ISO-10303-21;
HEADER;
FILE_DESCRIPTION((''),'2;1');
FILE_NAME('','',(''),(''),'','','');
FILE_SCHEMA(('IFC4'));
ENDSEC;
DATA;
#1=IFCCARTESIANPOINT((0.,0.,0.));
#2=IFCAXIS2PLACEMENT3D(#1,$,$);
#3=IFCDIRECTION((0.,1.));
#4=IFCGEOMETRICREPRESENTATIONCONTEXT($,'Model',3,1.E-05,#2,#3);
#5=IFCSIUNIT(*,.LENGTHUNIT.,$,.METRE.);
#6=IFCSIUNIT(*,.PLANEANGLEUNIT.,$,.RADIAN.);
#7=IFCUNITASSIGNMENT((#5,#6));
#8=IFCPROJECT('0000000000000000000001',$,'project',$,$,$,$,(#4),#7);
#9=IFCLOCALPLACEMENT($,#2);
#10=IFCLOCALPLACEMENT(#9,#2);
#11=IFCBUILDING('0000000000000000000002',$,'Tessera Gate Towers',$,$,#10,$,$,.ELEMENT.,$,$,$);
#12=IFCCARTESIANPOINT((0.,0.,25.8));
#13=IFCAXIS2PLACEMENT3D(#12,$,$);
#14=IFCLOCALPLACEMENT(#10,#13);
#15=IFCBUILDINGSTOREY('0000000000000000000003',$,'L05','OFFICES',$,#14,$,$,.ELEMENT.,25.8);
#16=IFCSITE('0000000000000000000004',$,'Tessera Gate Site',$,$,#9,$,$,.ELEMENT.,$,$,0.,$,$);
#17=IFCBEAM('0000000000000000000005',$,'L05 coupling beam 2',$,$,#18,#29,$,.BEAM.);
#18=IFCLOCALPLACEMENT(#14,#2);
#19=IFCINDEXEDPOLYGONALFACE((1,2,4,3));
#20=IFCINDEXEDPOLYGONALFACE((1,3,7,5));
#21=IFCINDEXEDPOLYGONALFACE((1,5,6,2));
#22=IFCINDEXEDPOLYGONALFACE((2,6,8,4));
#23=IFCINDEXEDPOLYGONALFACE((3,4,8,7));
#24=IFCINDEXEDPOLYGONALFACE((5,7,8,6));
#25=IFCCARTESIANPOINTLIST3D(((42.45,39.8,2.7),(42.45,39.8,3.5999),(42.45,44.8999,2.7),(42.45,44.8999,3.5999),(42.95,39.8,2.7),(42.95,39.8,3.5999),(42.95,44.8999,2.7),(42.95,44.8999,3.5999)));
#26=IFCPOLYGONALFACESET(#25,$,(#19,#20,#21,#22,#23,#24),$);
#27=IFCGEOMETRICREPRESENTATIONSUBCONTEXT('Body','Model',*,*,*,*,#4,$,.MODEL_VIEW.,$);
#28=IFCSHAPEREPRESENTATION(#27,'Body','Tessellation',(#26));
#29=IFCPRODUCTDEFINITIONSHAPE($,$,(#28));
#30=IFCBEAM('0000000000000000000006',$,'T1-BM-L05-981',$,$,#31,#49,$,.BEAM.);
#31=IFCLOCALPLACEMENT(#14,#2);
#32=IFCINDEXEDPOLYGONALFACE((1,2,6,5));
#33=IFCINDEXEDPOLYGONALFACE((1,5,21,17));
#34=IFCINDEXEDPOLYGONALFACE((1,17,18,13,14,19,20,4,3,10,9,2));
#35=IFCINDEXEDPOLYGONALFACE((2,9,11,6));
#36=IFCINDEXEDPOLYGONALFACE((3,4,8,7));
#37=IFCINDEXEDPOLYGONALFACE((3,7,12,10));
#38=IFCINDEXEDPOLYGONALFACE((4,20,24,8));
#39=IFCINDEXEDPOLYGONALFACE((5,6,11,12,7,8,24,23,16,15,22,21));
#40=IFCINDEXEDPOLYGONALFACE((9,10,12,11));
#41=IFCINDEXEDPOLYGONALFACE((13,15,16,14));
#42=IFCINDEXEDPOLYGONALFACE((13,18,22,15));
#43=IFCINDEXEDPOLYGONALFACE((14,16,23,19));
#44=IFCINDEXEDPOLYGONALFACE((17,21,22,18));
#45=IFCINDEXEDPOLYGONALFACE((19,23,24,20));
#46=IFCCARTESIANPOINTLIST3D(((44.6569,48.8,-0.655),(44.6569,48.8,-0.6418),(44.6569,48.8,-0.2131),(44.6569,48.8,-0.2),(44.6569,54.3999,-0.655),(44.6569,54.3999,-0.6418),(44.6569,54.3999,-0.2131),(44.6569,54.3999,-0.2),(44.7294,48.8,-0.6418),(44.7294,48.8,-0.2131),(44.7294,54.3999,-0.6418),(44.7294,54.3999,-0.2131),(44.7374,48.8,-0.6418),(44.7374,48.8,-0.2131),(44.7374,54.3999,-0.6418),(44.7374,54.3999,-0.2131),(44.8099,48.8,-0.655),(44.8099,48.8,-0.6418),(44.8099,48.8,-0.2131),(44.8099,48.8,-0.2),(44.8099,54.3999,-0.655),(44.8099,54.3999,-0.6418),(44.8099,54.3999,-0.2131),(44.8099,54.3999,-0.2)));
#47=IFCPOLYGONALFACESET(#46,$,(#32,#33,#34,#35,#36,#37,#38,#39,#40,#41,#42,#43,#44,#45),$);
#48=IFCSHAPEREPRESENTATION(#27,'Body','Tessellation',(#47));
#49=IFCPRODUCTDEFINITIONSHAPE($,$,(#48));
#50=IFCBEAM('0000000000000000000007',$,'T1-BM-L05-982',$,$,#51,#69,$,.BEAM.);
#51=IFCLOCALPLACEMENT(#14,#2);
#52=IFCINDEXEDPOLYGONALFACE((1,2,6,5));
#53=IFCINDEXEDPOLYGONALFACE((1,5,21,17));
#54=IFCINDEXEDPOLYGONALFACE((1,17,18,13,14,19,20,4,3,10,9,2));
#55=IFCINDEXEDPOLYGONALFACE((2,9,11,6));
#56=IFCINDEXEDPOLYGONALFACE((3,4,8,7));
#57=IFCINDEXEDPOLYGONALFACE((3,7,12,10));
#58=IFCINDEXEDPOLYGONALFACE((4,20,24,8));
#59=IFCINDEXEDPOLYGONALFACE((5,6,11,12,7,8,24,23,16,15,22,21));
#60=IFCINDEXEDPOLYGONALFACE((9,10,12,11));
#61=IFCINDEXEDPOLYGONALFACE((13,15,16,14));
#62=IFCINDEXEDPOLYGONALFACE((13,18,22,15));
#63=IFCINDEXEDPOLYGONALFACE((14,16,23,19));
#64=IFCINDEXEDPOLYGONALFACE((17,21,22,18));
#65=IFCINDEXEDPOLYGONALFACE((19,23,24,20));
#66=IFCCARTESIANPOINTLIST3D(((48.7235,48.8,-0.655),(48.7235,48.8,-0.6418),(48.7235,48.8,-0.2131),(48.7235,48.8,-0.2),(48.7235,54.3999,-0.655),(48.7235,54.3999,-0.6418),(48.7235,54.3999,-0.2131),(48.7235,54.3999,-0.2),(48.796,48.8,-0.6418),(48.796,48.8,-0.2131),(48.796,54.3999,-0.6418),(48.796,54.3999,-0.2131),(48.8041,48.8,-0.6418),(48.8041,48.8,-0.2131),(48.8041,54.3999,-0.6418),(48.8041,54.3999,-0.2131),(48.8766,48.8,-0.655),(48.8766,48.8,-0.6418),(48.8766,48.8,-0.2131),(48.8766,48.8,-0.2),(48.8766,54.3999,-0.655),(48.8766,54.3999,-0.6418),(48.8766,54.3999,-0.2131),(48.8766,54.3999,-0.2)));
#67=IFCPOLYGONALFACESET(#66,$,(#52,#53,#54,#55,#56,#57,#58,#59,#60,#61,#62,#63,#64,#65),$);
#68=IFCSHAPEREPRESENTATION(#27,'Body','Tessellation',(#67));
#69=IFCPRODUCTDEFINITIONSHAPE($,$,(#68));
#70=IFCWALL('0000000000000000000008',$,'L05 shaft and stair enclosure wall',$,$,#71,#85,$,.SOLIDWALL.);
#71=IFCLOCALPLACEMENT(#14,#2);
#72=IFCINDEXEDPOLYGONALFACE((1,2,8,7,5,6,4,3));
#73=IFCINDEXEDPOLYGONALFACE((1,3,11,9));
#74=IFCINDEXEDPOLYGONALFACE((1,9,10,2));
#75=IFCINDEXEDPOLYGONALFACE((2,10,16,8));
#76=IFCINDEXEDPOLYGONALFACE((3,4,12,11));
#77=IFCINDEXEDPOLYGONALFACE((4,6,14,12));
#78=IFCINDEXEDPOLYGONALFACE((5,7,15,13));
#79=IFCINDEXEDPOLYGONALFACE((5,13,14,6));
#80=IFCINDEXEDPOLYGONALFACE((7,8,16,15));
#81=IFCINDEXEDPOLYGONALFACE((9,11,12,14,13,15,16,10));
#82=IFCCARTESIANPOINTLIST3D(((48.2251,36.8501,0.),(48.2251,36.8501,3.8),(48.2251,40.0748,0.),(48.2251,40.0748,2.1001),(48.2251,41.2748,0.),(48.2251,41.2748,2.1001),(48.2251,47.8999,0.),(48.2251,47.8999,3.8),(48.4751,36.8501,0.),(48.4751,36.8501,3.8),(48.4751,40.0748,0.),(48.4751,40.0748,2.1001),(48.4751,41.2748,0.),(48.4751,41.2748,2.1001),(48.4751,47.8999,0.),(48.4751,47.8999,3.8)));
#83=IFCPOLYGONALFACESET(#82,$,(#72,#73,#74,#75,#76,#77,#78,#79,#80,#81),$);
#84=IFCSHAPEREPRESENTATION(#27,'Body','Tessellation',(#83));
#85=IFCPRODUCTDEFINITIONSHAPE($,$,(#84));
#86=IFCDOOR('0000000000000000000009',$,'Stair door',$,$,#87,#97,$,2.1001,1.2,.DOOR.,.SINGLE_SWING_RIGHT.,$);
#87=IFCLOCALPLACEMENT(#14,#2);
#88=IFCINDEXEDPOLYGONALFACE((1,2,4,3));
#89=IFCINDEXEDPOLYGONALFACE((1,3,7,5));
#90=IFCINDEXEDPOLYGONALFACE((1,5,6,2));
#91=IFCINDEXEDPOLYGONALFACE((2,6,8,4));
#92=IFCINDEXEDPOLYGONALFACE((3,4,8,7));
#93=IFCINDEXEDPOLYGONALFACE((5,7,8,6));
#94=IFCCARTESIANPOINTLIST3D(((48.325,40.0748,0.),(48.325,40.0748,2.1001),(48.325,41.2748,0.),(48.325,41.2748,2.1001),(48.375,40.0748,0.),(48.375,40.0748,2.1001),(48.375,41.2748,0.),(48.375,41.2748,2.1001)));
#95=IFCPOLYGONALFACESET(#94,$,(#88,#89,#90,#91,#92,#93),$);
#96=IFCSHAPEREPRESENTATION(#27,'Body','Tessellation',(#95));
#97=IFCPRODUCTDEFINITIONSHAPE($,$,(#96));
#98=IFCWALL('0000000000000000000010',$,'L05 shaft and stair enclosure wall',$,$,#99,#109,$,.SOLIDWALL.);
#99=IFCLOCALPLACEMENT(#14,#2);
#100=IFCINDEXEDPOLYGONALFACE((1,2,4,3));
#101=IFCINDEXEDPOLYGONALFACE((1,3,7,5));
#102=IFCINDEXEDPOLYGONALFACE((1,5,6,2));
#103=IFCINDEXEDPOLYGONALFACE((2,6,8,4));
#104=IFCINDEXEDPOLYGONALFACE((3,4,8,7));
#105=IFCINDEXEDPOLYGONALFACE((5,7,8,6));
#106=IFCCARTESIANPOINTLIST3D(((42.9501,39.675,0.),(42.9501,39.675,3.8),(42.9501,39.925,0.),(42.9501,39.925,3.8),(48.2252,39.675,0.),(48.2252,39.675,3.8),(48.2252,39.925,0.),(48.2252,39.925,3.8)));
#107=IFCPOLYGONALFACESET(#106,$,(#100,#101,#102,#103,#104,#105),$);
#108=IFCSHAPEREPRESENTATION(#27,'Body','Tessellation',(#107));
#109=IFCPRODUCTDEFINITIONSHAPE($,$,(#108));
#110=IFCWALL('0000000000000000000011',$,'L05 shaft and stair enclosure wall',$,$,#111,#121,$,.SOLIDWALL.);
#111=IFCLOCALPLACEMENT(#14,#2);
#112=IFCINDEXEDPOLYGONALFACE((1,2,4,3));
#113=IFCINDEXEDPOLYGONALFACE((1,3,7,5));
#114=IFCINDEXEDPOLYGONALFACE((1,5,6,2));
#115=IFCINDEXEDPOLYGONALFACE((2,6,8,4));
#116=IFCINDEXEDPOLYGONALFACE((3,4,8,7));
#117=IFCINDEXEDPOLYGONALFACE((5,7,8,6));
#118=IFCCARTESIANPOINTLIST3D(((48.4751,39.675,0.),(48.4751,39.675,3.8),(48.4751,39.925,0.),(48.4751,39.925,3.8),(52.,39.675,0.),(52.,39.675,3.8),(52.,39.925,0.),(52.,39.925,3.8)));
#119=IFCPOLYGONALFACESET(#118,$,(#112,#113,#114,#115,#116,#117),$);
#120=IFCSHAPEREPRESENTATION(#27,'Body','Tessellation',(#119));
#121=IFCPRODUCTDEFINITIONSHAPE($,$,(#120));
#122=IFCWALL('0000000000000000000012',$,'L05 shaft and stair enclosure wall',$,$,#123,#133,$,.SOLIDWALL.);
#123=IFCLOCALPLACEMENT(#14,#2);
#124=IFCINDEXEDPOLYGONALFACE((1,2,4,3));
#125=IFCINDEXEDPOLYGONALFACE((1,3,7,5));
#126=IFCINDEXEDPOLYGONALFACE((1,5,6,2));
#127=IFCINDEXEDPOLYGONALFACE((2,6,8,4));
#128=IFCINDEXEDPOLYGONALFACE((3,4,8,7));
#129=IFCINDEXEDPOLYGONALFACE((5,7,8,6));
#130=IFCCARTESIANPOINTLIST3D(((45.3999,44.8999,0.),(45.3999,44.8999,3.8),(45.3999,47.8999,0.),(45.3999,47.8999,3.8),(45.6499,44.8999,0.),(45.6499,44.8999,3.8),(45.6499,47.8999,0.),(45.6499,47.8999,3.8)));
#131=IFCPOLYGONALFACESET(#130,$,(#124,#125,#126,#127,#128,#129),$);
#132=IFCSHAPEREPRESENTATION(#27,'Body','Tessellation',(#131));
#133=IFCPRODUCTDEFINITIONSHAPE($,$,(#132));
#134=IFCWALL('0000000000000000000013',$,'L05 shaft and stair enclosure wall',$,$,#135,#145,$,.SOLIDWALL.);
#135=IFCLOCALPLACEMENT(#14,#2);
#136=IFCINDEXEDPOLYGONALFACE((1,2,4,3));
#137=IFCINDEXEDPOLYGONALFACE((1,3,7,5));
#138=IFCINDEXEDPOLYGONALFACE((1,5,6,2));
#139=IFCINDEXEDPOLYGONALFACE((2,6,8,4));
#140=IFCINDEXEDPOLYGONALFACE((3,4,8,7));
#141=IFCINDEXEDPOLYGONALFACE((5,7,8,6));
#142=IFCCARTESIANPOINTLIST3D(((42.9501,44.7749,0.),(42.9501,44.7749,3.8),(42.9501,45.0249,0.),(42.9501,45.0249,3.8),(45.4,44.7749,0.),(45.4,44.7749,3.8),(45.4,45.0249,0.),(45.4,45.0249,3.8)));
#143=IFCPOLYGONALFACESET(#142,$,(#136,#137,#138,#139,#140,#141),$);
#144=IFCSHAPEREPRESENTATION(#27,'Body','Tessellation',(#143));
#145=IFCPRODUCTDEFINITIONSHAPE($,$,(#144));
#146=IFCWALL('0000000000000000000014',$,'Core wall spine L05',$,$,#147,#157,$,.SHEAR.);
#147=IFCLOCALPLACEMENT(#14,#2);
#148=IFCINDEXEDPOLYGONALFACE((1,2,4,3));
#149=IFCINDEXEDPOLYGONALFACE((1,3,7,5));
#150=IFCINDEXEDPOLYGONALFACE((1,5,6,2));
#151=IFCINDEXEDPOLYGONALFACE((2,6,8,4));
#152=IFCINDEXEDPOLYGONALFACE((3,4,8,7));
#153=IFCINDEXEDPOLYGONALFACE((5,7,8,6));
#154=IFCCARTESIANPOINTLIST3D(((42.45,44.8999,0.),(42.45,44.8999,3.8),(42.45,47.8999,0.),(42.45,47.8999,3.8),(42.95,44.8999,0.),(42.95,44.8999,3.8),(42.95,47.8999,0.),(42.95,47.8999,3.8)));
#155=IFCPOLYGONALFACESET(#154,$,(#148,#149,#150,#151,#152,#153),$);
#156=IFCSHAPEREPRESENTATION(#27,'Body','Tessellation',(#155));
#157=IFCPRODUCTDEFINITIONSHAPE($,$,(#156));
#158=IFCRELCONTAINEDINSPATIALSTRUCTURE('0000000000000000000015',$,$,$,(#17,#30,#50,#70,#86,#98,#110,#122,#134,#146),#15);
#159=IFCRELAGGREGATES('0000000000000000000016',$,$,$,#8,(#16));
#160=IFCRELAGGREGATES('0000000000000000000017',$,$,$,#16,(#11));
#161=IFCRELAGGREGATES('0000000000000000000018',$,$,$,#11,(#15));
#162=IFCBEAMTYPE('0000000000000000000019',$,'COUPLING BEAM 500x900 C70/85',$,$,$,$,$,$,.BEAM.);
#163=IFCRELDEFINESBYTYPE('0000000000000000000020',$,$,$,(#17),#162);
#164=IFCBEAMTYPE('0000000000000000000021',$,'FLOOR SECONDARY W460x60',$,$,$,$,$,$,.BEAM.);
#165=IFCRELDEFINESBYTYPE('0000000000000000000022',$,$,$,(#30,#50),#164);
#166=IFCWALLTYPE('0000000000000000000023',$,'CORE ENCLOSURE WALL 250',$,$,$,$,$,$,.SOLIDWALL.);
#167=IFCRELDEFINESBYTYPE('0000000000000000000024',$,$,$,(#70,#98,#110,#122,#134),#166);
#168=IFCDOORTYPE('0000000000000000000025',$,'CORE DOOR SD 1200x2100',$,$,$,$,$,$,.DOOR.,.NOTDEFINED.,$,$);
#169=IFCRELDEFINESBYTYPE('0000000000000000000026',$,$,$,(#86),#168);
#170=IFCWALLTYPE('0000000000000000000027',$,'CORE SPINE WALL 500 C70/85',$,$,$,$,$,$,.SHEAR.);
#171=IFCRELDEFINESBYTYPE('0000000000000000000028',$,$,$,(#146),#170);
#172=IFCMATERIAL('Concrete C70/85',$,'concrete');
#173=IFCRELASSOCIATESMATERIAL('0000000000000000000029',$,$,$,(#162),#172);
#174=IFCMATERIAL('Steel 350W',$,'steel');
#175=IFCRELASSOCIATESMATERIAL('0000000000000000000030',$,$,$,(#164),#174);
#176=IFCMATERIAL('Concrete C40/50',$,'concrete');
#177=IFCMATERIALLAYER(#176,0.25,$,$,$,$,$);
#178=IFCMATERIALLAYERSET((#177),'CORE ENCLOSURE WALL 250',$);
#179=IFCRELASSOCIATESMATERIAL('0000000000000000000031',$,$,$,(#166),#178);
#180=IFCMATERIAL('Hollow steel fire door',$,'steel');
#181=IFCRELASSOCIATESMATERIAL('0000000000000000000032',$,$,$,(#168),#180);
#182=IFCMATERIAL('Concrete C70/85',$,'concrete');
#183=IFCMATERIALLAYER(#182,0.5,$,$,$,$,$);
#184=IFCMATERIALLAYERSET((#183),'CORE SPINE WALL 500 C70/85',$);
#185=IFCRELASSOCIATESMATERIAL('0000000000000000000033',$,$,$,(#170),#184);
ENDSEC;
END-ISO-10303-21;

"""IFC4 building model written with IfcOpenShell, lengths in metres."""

from ifc_helpers import new_model, si_unit, direction, frame, frame_2d, origin, origin_2d, place, context, subcontext, project, spatial, rectangle, i_section, extrude, source, transform, mapped, material, layer, layer_set, material_profile, profile_set, type_object, element, fill, save


model = new_model("IFC4")

# Units and contexts
model_context = context("Model", 3, precision=1e-05, world=origin(), true_north=direction((0.0, 1.0)))
body_context = subcontext(model_context, "Body", "Model", "MODEL_VIEW")
ifc_project = project(units=[si_unit("LENGTHUNIT", "METRE"), si_unit("PLANEANGLEUNIT", "RADIAN")], contexts=[model_context])

# Site, building, storey
site_placement = place(None, origin())
site = spatial("IfcSite", under=ifc_project, at=site_placement, Name="Tessera Gate Site", CompositionType="ELEMENT", RefElevation=0.0)
building_placement = place(site_placement, origin())
building = spatial("IfcBuilding", under=site, at=building_placement, Name="Tessera Gate Towers", CompositionType="ELEMENT")
storey_placement = place(building_placement, frame((0.0, 0.0, 25.8)))
storey = spatial("IfcBuildingStorey", under=building, at=storey_placement, Name="L05", Description="OFFICES", CompositionType="ELEMENT", Elevation=25.8)

# Beams
ifc_material_1 = material(Name="Concrete C70/85", Category="concrete")
ifc_material_profile_1 = material_profile(ifc_material_1, rectangle(XDim=0.5, YDim=0.8999, at=origin_2d()), Name="RC 500x900")
ifc_profile_set_1 = profile_set([ifc_material_profile_1], Name="Concrete C70/85")
beam_type_1 = type_object("IfcBeamType", Name="COUPLING BEAM 500x900 C70/85", PredefinedType="BEAM", material=ifc_profile_set_1)
beam_placement = place(storey_placement, frame((42.7, 39.8, 3.1499), z_axis=(0.0, 1.0, 0.0), x_axis=(-1.0, 0.0, 0.0)))
element("IfcBeam", 1, at=beam_placement, inside=storey, type_object=beam_type_1, Name="L05 coupling beam 2", PredefinedType="BEAM", context=body_context, shape_type="SweptSolid", body=[
    extrude(rectangle(XDim=0.5, YDim=0.8999, at=origin_2d()), origin(), (0.0, 0.0, 1.0), 5.0999),
])
ifc_material_2 = material(Name="Steel 350W", Category="steel")
ifc_material_profile_2 = material_profile(ifc_material_2, i_section(OverallWidth=0.1531, OverallDepth=0.4551, WebThickness=0.0081, FlangeThickness=0.0132, at=origin_2d()), Name="W460x60")
ifc_profile_set_2 = profile_set([ifc_material_profile_2], Name="Steel 350W")
beam_type_2 = type_object("IfcBeamType", Name="FLOOR SECONDARY W460x60", PredefinedType="BEAM", material=ifc_profile_set_2)
for number, where, z_axis, x_axis, name in (
    (2, (44.7334, 48.8, -0.4275), (0.0, 1.0, 0.0), (-1.0, 0.0, 0.0), "T1-BM-L05-981"),
    (3, (48.8, 48.8, -0.4275), (0.0, 1.0, 0.0), (-1.0, 0.0, 0.0), "T1-BM-L05-982"),
):
    element("IfcBeam", number, at=place(storey_placement, frame(where, z_axis=z_axis, x_axis=x_axis)), inside=storey, type_object=beam_type_2, Name=name, PredefinedType="BEAM", context=body_context, shape_type="SweptSolid", body=[
        extrude(i_section(OverallWidth=0.1531, OverallDepth=0.4551, WebThickness=0.0081, FlangeThickness=0.0132, at=origin_2d()), origin(), (0.0, 0.0, 1.0), 5.5999),
    ])

# Wall, opening, door
ifc_material_3 = material(Name="Concrete C40/50", Category="concrete")
ifc_layer_1 = layer(ifc_material_3, 0.25)
ifc_layer_set_1 = layer_set([ifc_layer_1], Name="CORE ENCLOSURE WALL 250")
wall_type_1 = type_object("IfcWallType", Name="CORE ENCLOSURE WALL 250", PredefinedType="SOLIDWALL", material=ifc_layer_set_1)
wall_1_placement = place(storey_placement, frame((48.3501, 47.8999, 0.0), z_axis=(0.0, 0.0, 1.0), x_axis=(0.0, -1.0, 0.0)))
wall_1 = element("IfcWall", 4, at=wall_1_placement, inside=storey, type_object=wall_type_1, Name="L05 shaft and stair enclosure wall", PredefinedType="SOLIDWALL", context=body_context, shape_type="SweptSolid", body=[
    extrude(rectangle(XDim=11.0498, YDim=0.25, at=frame_2d((5.5249, 0.0))), origin(), (0.0, 0.0, 1.0), 3.8),
])
shared_shape_1 = source(origin(), body_context, "Body", "SweptSolid", [
    extrude(rectangle(XDim=1.2, YDim=2.1001, at=frame_2d((0.6001, 1.05))), frame((0.0, 0.135, 0.0), z_axis=(0.0, -1.0, 0.0), x_axis=(1.0, 0.0, 0.0)), (0.0, 0.0, 1.0), 0.27),
])
opening_1_placement = place(wall_1_placement, frame((6.625, 0.0, 0.0)))
opening_1 = element("IfcOpeningElement", 5, at=opening_1_placement, cuts=wall_1, PredefinedType="OPENING", context=body_context, shape_type="MappedRepresentation", body=[
    mapped(shared_shape_1, transform((0.0, 0.0, 0.0), scale=1.0)),
])
ifc_material_4 = material(Name="Hollow steel fire door", Category="steel")
door_type_1 = type_object("IfcDoorType", Name="CORE DOOR SD 1200x2100", OperationType="NOTDEFINED", PredefinedType="DOOR", material=ifc_material_4)
shared_shape_2 = source(origin(), body_context, "Body", "SweptSolid", [
    extrude(rectangle(XDim=1.2, YDim=2.1001, at=frame_2d((0.6001, 1.05))), frame((0.0, 0.0249, 0.0), z_axis=(0.0, -1.0, 0.0), x_axis=(1.0, 0.0, 0.0)), (0.0, 0.0, 1.0), 0.05),
])
door_1_placement = place(opening_1_placement, origin())
door_1 = element("IfcDoor", 6, at=door_1_placement, inside=storey, type_object=door_type_1, Name="Stair door", OperationType="SINGLE_SWING_RIGHT", OverallHeight=2.1001, OverallWidth=1.2, PredefinedType="DOOR", context=body_context, shape_type="MappedRepresentation", body=[
    mapped(shared_shape_2, transform((0.0, 0.0, 0.0), scale=1.0)),
])
fill(opening_1, door_1)

# Walls
wall_2_placement = place(storey_placement, frame((42.95, 39.8, 0.0), z_axis=(0.0, 0.0, 1.0), x_axis=(1.0, 0.0, 0.0)))
element("IfcWall", 7, at=wall_2_placement, inside=storey, type_object=wall_type_1, Name="L05 shaft and stair enclosure wall", PredefinedType="SOLIDWALL", context=body_context, shape_type="SweptSolid", body=[
    extrude(rectangle(XDim=5.2751, YDim=0.25, at=frame_2d((2.6377, 0.0))), origin(), (0.0, 0.0, 1.0), 3.8),
])
wall_3_placement = place(storey_placement, frame((48.4751, 39.8, 0.0), z_axis=(0.0, 0.0, 1.0), x_axis=(1.0, 0.0, 0.0)))
element("IfcWall", 8, at=wall_3_placement, inside=storey, type_object=wall_type_1, Name="L05 shaft and stair enclosure wall", PredefinedType="SOLIDWALL", context=body_context, shape_type="SweptSolid", body=[
    extrude(rectangle(XDim=3.5249, YDim=0.25, at=frame_2d((1.7625, 0.0))), origin(), (0.0, 0.0, 1.0), 3.8),
])
wall_4_placement = place(storey_placement, frame((45.5249, 44.8999, 0.0), z_axis=(0.0, 0.0, 1.0), x_axis=(0.0, 1.0, 0.0)))
element("IfcWall", 9, at=wall_4_placement, inside=storey, type_object=wall_type_1, Name="L05 shaft and stair enclosure wall", PredefinedType="SOLIDWALL", context=body_context, shape_type="SweptSolid", body=[
    extrude(rectangle(XDim=3.0, YDim=0.25, at=frame_2d((1.5, 0.0))), origin(), (0.0, 0.0, 1.0), 3.8),
])
wall_5_placement = place(storey_placement, frame((42.95, 44.8999, 0.0), z_axis=(0.0, 0.0, 1.0), x_axis=(1.0, 0.0, 0.0)))
element("IfcWall", 10, at=wall_5_placement, inside=storey, type_object=wall_type_1, Name="L05 shaft and stair enclosure wall", PredefinedType="SOLIDWALL", context=body_context, shape_type="SweptSolid", body=[
    extrude(rectangle(XDim=2.45, YDim=0.25, at=frame_2d((1.2251, 0.0))), origin(), (0.0, 0.0, 1.0), 3.8),
])
ifc_material_5 = material(Name="Concrete C70/85", Category="concrete")
ifc_layer_2 = layer(ifc_material_5, 0.5)
ifc_layer_set_2 = layer_set([ifc_layer_2], Name="CORE SPINE WALL 500 C70/85")
wall_type_2 = type_object("IfcWallType", Name="CORE SPINE WALL 500 C70/85", PredefinedType="SHEAR", material=ifc_layer_set_2)
wall_6_placement = place(storey_placement, frame((42.7, 44.8999, 0.0), z_axis=(0.0, 0.0, 1.0), x_axis=(0.0, 1.0, 0.0)))
element("IfcWall", 11, at=wall_6_placement, inside=storey, type_object=wall_type_2, Name="Core wall spine L05", PredefinedType="SHEAR", context=body_context, shape_type="SweptSolid", body=[
    extrude(rectangle(XDim=3.0, YDim=0.5, at=frame_2d((1.5, 0.0))), origin(), (0.0, 0.0, 1.0), 3.8),
])

save(model, "model.ifc")
